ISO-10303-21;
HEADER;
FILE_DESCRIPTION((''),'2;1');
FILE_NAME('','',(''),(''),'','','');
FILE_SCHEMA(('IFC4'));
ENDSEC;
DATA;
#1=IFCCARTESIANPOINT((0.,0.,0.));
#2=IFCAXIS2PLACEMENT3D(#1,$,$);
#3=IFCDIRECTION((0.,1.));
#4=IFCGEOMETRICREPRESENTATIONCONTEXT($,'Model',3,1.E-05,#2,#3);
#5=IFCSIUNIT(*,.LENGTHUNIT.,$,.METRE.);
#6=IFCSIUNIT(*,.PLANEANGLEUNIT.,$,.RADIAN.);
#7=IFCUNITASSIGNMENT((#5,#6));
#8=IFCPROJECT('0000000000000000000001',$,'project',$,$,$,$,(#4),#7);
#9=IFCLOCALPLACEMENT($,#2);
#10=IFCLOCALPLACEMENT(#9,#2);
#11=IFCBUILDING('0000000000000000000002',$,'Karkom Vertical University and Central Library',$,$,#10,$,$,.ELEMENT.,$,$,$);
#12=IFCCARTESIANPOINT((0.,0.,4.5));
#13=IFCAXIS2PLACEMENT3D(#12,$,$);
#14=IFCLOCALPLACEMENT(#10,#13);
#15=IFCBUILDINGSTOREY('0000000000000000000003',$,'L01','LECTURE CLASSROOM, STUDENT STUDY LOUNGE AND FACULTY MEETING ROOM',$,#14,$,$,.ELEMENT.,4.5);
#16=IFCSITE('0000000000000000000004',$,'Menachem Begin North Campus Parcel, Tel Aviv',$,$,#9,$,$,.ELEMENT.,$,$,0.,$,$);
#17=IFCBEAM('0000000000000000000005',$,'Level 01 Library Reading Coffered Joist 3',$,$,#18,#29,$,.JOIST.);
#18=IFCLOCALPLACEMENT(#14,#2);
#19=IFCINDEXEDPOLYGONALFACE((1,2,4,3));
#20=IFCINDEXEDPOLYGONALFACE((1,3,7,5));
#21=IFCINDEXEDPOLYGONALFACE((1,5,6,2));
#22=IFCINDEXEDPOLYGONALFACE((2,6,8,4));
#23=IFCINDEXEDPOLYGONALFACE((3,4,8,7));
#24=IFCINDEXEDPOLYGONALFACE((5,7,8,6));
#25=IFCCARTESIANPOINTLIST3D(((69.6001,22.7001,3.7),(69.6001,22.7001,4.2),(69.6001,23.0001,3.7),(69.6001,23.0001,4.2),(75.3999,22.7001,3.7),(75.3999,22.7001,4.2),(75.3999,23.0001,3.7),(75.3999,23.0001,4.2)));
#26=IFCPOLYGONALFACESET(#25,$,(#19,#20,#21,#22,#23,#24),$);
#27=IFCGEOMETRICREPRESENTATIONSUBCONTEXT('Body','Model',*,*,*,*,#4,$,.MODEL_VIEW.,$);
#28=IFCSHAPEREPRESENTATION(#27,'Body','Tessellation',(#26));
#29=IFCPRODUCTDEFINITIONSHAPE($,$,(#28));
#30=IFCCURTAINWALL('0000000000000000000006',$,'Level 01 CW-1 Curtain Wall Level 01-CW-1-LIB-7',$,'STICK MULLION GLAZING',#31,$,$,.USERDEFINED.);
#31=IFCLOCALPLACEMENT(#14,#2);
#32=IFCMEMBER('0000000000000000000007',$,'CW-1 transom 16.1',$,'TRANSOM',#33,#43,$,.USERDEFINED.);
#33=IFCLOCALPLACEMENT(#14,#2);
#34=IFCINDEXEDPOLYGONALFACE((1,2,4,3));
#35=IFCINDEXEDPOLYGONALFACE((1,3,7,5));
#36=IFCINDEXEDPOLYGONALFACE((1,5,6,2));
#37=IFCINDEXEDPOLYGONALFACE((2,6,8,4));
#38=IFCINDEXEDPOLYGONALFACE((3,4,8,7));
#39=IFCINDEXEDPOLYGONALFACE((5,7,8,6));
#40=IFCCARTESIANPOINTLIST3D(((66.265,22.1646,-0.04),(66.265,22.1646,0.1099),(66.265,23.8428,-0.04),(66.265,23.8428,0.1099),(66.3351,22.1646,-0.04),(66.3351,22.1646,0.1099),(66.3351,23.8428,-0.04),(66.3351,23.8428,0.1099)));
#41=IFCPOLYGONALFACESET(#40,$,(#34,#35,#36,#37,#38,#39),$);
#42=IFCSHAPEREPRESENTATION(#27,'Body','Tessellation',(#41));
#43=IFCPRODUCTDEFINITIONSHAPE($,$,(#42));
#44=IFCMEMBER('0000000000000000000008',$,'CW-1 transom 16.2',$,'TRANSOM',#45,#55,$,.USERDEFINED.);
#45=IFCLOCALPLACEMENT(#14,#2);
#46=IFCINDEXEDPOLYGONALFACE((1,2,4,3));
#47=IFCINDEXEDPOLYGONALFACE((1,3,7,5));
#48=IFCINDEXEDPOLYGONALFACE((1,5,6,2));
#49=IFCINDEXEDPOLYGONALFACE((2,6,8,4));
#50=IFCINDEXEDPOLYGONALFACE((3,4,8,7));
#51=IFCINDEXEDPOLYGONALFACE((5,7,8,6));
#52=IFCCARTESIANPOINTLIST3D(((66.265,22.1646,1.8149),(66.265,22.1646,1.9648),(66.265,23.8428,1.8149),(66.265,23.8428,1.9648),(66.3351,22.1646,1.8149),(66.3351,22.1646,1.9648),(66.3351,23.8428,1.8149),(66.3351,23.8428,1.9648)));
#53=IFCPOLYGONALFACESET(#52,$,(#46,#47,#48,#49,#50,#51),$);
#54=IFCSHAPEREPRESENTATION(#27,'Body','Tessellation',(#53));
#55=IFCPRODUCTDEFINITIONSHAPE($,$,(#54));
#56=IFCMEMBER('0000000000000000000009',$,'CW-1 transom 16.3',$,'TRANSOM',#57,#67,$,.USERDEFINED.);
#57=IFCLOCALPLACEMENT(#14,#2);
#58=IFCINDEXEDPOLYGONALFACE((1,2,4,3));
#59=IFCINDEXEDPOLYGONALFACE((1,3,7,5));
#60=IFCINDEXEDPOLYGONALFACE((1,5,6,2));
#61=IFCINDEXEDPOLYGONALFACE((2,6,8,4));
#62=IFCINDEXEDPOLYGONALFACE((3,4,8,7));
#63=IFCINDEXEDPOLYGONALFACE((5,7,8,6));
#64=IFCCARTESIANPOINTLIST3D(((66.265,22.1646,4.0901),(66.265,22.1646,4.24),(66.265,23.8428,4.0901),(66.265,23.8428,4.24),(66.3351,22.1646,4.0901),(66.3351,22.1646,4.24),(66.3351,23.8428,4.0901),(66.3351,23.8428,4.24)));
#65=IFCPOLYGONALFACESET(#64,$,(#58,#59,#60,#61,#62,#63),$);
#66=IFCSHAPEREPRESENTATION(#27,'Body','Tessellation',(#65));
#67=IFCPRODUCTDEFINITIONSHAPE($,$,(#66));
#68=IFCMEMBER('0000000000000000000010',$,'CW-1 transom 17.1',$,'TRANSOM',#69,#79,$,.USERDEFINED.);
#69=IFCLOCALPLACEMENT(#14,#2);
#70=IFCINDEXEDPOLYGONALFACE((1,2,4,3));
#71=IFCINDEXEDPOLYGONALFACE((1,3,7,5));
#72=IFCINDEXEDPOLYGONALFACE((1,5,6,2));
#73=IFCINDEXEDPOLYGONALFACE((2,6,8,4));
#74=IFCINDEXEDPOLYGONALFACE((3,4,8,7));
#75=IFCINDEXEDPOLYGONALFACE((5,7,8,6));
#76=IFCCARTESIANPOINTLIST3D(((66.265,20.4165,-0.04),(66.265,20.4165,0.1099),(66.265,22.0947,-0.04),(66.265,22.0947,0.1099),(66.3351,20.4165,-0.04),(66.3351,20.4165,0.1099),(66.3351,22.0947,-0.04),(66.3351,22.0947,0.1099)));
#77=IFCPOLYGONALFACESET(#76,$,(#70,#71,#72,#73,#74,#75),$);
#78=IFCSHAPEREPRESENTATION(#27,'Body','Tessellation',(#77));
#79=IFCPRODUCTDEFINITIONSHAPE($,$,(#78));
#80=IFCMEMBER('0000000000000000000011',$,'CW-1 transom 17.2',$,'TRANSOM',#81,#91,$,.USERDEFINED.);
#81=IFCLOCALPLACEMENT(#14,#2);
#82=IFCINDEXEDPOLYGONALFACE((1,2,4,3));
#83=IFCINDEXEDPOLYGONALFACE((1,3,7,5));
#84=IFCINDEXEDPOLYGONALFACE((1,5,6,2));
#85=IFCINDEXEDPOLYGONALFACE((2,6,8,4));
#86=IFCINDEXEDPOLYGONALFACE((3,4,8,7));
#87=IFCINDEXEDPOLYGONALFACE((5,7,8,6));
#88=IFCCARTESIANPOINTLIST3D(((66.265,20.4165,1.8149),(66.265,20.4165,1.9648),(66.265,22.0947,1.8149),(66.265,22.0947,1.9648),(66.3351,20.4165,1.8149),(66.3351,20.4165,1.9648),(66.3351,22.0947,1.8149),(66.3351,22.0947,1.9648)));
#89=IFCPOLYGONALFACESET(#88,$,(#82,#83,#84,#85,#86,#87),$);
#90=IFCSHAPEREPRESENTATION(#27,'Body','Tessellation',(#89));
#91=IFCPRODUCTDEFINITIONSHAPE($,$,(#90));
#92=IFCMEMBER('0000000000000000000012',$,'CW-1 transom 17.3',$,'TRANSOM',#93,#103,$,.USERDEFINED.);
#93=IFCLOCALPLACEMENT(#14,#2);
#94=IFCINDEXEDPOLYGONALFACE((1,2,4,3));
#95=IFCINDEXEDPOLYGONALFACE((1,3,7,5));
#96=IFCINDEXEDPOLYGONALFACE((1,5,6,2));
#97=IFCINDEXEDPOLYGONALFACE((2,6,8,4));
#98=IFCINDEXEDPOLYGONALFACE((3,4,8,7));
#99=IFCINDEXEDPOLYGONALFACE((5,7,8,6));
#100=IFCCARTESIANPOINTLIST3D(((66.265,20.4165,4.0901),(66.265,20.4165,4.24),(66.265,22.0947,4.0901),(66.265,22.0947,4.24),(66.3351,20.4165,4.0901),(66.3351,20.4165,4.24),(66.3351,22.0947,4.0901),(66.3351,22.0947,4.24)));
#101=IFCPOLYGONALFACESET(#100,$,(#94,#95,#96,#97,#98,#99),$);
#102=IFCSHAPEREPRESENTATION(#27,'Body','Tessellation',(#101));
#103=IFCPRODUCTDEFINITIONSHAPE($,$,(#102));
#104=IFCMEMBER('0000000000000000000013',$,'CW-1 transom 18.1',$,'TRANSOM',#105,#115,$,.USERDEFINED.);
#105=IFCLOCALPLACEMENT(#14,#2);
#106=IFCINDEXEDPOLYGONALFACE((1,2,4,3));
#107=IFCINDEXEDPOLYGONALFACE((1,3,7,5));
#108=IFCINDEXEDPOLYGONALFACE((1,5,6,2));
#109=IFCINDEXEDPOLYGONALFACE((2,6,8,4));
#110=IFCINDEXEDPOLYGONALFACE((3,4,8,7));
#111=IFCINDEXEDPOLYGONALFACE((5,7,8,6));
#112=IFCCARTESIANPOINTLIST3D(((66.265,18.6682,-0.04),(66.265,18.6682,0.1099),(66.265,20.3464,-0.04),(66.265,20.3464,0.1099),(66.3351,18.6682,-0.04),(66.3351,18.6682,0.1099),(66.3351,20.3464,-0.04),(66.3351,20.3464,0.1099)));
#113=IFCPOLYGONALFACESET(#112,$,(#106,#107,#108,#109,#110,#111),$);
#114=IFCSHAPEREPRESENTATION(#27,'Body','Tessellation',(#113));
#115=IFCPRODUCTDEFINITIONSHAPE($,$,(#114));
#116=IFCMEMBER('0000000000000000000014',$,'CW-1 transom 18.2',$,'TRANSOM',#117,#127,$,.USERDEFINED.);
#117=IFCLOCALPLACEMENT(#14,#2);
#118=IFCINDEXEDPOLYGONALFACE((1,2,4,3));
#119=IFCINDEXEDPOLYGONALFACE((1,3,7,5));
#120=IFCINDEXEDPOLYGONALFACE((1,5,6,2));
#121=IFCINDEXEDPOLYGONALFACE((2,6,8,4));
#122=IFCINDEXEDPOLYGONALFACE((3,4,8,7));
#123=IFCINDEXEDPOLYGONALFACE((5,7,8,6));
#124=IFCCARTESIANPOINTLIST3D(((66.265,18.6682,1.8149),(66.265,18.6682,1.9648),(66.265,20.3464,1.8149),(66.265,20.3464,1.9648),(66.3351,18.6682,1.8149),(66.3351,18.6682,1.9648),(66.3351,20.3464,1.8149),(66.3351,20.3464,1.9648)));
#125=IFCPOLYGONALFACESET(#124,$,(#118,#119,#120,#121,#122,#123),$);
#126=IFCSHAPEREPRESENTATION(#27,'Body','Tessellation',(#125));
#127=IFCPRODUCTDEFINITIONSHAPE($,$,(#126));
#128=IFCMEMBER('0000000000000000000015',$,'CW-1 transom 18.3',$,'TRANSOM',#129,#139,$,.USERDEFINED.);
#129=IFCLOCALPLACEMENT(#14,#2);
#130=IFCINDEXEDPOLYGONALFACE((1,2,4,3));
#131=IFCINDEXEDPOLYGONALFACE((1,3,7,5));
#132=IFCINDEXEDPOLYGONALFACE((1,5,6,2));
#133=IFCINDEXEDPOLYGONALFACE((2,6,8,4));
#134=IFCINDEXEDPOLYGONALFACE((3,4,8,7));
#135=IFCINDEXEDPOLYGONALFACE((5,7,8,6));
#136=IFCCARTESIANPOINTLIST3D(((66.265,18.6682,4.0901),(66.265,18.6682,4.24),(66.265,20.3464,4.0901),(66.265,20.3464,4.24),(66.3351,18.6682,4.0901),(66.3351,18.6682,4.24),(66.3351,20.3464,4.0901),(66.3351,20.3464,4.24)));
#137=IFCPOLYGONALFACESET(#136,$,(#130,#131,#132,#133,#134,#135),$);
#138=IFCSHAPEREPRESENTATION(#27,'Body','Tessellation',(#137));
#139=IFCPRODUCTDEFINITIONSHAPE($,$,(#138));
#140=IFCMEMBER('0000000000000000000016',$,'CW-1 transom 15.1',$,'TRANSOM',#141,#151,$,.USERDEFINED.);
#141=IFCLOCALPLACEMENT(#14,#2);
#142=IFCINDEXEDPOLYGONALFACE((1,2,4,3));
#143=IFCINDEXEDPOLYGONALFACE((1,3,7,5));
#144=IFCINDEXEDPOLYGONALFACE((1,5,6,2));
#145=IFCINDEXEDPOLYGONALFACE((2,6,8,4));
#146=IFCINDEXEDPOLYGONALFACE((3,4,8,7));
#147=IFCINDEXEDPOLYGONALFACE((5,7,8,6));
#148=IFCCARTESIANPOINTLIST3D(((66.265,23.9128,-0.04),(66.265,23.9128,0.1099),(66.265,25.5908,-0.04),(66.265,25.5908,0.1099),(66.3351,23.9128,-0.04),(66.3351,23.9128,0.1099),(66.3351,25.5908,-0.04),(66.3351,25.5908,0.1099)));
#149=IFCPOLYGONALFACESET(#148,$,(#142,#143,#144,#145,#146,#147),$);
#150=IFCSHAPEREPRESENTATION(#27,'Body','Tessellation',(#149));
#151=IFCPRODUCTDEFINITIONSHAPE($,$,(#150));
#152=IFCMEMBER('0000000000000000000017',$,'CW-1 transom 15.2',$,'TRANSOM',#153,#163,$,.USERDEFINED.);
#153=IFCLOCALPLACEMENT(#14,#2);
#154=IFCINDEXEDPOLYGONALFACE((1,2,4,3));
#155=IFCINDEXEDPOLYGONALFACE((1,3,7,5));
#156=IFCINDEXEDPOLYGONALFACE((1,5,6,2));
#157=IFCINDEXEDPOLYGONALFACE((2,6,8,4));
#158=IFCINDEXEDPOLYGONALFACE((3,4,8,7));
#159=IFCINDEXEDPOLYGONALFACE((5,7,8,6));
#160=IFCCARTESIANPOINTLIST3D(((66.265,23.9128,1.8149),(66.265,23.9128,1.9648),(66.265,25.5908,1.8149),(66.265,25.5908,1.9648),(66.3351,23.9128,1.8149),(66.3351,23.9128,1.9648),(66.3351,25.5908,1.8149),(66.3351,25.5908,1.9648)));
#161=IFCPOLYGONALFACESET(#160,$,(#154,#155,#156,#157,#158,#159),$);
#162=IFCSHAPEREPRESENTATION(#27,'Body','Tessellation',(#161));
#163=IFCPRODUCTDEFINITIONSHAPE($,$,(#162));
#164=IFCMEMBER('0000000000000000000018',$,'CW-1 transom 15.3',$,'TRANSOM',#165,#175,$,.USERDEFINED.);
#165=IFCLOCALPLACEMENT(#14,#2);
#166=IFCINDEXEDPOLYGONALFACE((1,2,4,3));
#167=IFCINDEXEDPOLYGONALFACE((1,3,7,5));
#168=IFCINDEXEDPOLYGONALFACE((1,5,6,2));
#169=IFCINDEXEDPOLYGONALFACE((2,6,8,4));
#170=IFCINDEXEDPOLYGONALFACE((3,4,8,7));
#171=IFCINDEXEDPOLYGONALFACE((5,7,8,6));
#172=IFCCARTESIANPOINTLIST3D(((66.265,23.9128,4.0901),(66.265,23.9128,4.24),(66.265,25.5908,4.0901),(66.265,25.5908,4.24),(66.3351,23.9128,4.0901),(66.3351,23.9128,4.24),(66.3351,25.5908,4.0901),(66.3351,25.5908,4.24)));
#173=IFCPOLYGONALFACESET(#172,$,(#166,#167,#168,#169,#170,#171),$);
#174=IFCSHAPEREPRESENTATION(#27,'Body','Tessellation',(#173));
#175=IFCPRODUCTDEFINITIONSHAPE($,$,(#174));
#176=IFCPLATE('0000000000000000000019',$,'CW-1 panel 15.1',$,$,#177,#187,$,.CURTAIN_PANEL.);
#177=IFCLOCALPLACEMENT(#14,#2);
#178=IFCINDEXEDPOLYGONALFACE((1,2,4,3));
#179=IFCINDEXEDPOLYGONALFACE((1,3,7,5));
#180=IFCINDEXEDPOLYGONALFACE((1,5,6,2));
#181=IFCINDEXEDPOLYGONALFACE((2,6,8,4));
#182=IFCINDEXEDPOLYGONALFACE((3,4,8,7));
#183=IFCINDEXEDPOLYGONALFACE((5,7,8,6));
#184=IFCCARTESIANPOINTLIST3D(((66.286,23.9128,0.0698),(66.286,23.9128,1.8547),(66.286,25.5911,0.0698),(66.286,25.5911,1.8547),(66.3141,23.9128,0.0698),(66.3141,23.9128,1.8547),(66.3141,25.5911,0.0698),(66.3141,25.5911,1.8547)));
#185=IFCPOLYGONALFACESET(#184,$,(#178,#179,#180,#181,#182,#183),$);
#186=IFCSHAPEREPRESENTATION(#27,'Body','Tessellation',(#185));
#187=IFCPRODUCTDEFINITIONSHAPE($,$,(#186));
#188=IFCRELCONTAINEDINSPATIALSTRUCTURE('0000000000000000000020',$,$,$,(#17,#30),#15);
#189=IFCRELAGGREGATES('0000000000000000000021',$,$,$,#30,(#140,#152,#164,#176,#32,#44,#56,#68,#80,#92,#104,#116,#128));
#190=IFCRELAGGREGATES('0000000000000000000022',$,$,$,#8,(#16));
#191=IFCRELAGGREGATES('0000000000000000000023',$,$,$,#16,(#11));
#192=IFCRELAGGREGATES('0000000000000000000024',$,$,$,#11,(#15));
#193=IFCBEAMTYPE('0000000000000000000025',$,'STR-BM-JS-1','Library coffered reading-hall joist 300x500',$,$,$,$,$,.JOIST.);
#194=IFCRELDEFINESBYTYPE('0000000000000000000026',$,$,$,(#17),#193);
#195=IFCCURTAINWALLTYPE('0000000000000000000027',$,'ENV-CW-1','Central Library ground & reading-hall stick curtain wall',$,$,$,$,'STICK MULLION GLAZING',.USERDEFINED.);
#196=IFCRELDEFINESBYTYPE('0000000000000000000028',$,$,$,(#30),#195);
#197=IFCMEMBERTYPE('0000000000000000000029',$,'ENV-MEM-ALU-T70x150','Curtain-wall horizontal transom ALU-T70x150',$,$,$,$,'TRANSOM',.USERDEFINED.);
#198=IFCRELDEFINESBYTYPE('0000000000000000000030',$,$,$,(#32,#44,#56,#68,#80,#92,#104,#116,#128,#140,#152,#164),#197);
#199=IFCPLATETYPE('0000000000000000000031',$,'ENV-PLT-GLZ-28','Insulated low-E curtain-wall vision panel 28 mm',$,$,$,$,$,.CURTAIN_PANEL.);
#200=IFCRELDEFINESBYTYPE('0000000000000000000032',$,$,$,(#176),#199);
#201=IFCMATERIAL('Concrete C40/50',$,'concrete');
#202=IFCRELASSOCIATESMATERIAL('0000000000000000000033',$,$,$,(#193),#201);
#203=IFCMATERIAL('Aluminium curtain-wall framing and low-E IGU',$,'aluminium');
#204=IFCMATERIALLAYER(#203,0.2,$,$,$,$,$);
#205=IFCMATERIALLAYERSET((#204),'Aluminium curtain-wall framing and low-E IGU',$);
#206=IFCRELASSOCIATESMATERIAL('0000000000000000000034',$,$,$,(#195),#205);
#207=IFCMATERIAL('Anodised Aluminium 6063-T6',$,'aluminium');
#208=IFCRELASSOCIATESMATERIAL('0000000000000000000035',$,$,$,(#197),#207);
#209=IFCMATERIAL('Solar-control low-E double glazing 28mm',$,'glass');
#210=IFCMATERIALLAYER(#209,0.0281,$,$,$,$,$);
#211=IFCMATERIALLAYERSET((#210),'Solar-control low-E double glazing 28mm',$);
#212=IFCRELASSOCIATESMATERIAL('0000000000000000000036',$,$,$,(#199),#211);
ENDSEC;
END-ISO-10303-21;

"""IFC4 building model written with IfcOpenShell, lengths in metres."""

from ifc_helpers import new_model, si_unit, direction, frame, origin, origin_with_axes, origin_2d, place, context, subcontext, project, spatial, rectangle, extrude, source, transform, mapped, material, layer, layer_set, material_profile, profile_set, type_object, element, aggregate, save


model = new_model("IFC4")

# Units and contexts
model_context = context("Model", 3, precision=1e-05, world=origin(), true_north=direction((0.0, 1.0)))
body_context = subcontext(model_context, "Body", "Model", "MODEL_VIEW")
ifc_project = project(units=[si_unit("LENGTHUNIT", "METRE"), si_unit("PLANEANGLEUNIT", "RADIAN")], contexts=[model_context])

# Site, building, storey
site_placement = place(None, origin())
site = spatial("IfcSite", under=ifc_project, at=site_placement, Name="Menachem Begin North Campus Parcel, Tel Aviv", CompositionType="ELEMENT", RefElevation=0.0)
building_placement = place(site_placement, origin())
building = spatial("IfcBuilding", under=site, at=building_placement, Name="Karkom Vertical University and Central Library", CompositionType="ELEMENT")
storey_placement = place(building_placement, frame((0.0, 0.0, 4.5)))
storey = spatial("IfcBuildingStorey", under=building, at=storey_placement, Name="L01", Description="LECTURE CLASSROOM, STUDENT STUDY LOUNGE AND FACULTY MEETING ROOM", CompositionType="ELEMENT", Elevation=4.5)

# Beam
ifc_material_1 = material(Name="Concrete C40/50", Category="concrete")
ifc_material_profile_1 = material_profile(ifc_material_1, rectangle(XDim=0.3, YDim=0.5, at=origin_2d()), Name="RCJ-300x500")
ifc_profile_set_1 = profile_set([ifc_material_profile_1], Name="Concrete C40/50")
beam_type = type_object("IfcBeamType", Name="STR-BM-JS-1", Description="Library coffered reading-hall joist 300x500", PredefinedType="JOIST", material=ifc_profile_set_1)
shared_shape_1 = source(origin_with_axes(), body_context, "Body", "SweptSolid", [
    extrude(rectangle(XDim=0.3, YDim=0.5, at=origin_2d()), origin(), (0.0, 0.0, 1.0), 5.7998),
])
beam_placement = place(storey_placement, frame((69.6001, 22.8501, 3.95), z_axis=(1.0, 0.0, 0.0), x_axis=(0.0, 1.0, 0.0)))
element("IfcBeam", 1, at=beam_placement, inside=storey, type_object=beam_type, Name="Level 01 Library Reading Coffered Joist 3", PredefinedType="JOIST", context=body_context, shape_type="MappedRepresentation", body=[
    mapped(shared_shape_1, transform((0.0, 0.0, 0.0), scale=1.0)),
])

# Curtain wall, members, plate
ifc_material_2 = material(Name="Aluminium curtain-wall framing and low-E IGU", Category="aluminium")
ifc_layer_1 = layer(ifc_material_2, 0.2)
ifc_layer_set_1 = layer_set([ifc_layer_1], Name="Aluminium curtain-wall framing and low-E IGU")
curtain_wall_type = type_object("IfcCurtainWallType", Name="ENV-CW-1", Description="Central Library ground & reading-hall stick curtain wall", ElementType="STICK MULLION GLAZING", PredefinedType="USERDEFINED", material=ifc_layer_set_1)
curtain_wall_placement = place(storey_placement, origin())
curtain_wall = element("IfcCurtainWall", 2, at=curtain_wall_placement, inside=storey, type_object=curtain_wall_type, Name="Level 01 CW-1 Curtain Wall Level 01-CW-1-LIB-7", ObjectType="STICK MULLION GLAZING", PredefinedType="USERDEFINED")
ifc_material_3 = material(Name="Anodised Aluminium 6063-T6", Category="aluminium")
ifc_material_profile_2 = material_profile(ifc_material_3, rectangle(XDim=0.0701, YDim=0.1499, at=origin_2d()), Name="ALU-T70x150")
ifc_profile_set_2 = profile_set([ifc_material_profile_2], Name="Anodised Aluminium 6063-T6")
member_type = type_object("IfcMemberType", Name="ENV-MEM-ALU-T70x150", Description="Curtain-wall horizontal transom ALU-T70x150", ElementType="TRANSOM", PredefinedType="USERDEFINED", material=ifc_profile_set_2)
shared_shape_2 = source(origin_with_axes(), body_context, "Body", "SweptSolid", [
    extrude(rectangle(XDim=0.0701, YDim=0.1499, at=origin_2d()), origin(), (0.0, 0.0, 1.0), 1.6782),
])
member_1_placement = place(storey_placement, frame((66.3, 23.8428, 0.0349), z_axis=(0.0, -1.0, 0.0), x_axis=(1.0, 0.0, 0.0)))
member_1 = element("IfcMember", 3, at=member_1_placement, type_object=member_type, Name="CW-1 transom 16.1", ObjectType="TRANSOM", PredefinedType="USERDEFINED", context=body_context, shape_type="MappedRepresentation", body=[
    mapped(shared_shape_2, transform((0.0, 0.0, 0.0), scale=1.0)),
])
member_2_placement = place(storey_placement, frame((66.3, 23.8428, 1.8899), z_axis=(0.0, -1.0, 0.0), x_axis=(1.0, 0.0, 0.0)))
member_2 = element("IfcMember", 4, at=member_2_placement, type_object=member_type, Name="CW-1 transom 16.2", ObjectType="TRANSOM", PredefinedType="USERDEFINED", context=body_context, shape_type="MappedRepresentation", body=[
    mapped(shared_shape_2, transform((0.0, 0.0, 0.0), scale=1.0)),
])
member_3_placement = place(storey_placement, frame((66.3, 23.8428, 4.165), z_axis=(0.0, -1.0, 0.0), x_axis=(1.0, 0.0, 0.0)))
member_3 = element("IfcMember", 5, at=member_3_placement, type_object=member_type, Name="CW-1 transom 16.3", ObjectType="TRANSOM", PredefinedType="USERDEFINED", context=body_context, shape_type="MappedRepresentation", body=[
    mapped(shared_shape_2, transform((0.0, 0.0, 0.0), scale=1.0)),
])
member_4_placement = place(storey_placement, frame((66.3, 22.0947, 0.0349), z_axis=(0.0, -1.0, 0.0), x_axis=(1.0, 0.0, 0.0)))
member_4 = element("IfcMember", 6, at=member_4_placement, type_object=member_type, Name="CW-1 transom 17.1", ObjectType="TRANSOM", PredefinedType="USERDEFINED", context=body_context, shape_type="MappedRepresentation", body=[
    mapped(shared_shape_2, transform((0.0, 0.0, 0.0), scale=1.0)),
])
member_5_placement = place(storey_placement, frame((66.3, 22.0947, 1.8899), z_axis=(0.0, -1.0, 0.0), x_axis=(1.0, 0.0, 0.0)))
member_5 = element("IfcMember", 7, at=member_5_placement, type_object=member_type, Name="CW-1 transom 17.2", ObjectType="TRANSOM", PredefinedType="USERDEFINED", context=body_context, shape_type="MappedRepresentation", body=[
    mapped(shared_shape_2, transform((0.0, 0.0, 0.0), scale=1.0)),
])
member_6_placement = place(storey_placement, frame((66.3, 22.0947, 4.165), z_axis=(0.0, -1.0, 0.0), x_axis=(1.0, 0.0, 0.0)))
member_6 = element("IfcMember", 8, at=member_6_placement, type_object=member_type, Name="CW-1 transom 17.3", ObjectType="TRANSOM", PredefinedType="USERDEFINED", context=body_context, shape_type="MappedRepresentation", body=[
    mapped(shared_shape_2, transform((0.0, 0.0, 0.0), scale=1.0)),
])
member_7_placement = place(storey_placement, frame((66.3, 20.3464, 0.0349), z_axis=(0.0, -1.0, 0.0), x_axis=(1.0, 0.0, 0.0)))
member_7 = element("IfcMember", 9, at=member_7_placement, type_object=member_type, Name="CW-1 transom 18.1", ObjectType="TRANSOM", PredefinedType="USERDEFINED", context=body_context, shape_type="MappedRepresentation", body=[
    mapped(shared_shape_2, transform((0.0, 0.0, 0.0), scale=1.0)),
])
member_8_placement = place(storey_placement, frame((66.3, 20.3464, 1.8899), z_axis=(0.0, -1.0, 0.0), x_axis=(1.0, 0.0, 0.0)))
member_8 = element("IfcMember", 10, at=member_8_placement, type_object=member_type, Name="CW-1 transom 18.2", ObjectType="TRANSOM", PredefinedType="USERDEFINED", context=body_context, shape_type="MappedRepresentation", body=[
    mapped(shared_shape_2, transform((0.0, 0.0, 0.0), scale=1.0)),
])
member_9_placement = place(storey_placement, frame((66.3, 20.3464, 4.165), z_axis=(0.0, -1.0, 0.0), x_axis=(1.0, 0.0, 0.0)))
member_9 = element("IfcMember", 11, at=member_9_placement, type_object=member_type, Name="CW-1 transom 18.3", ObjectType="TRANSOM", PredefinedType="USERDEFINED", context=body_context, shape_type="MappedRepresentation", body=[
    mapped(shared_shape_2, transform((0.0, 0.0, 0.0), scale=1.0)),
])
shared_shape_3 = source(origin_with_axes(), body_context, "Body", "SweptSolid", [
    extrude(rectangle(XDim=0.0701, YDim=0.1499, at=origin_2d()), origin(), (0.0, 0.0, 1.0), 1.678),
])
member_10_placement = place(storey_placement, frame((66.3, 25.5908, 0.0349), z_axis=(0.0, -1.0, 0.0), x_axis=(1.0, 0.0, 0.0)))
member_10 = element("IfcMember", 12, at=member_10_placement, type_object=member_type, Name="CW-1 transom 15.1", ObjectType="TRANSOM", PredefinedType="USERDEFINED", context=body_context, shape_type="MappedRepresentation", body=[
    mapped(shared_shape_3, transform((0.0, 0.0, 0.0), scale=1.0)),
])
member_11_placement = place(storey_placement, frame((66.3, 25.5908, 1.8899), z_axis=(0.0, -1.0, 0.0), x_axis=(1.0, 0.0, 0.0)))
member_11 = element("IfcMember", 13, at=member_11_placement, type_object=member_type, Name="CW-1 transom 15.2", ObjectType="TRANSOM", PredefinedType="USERDEFINED", context=body_context, shape_type="MappedRepresentation", body=[
    mapped(shared_shape_3, transform((0.0, 0.0, 0.0), scale=1.0)),
])
member_12_placement = place(storey_placement, frame((66.3, 25.5908, 4.165), z_axis=(0.0, -1.0, 0.0), x_axis=(1.0, 0.0, 0.0)))
member_12 = element("IfcMember", 14, at=member_12_placement, type_object=member_type, Name="CW-1 transom 15.3", ObjectType="TRANSOM", PredefinedType="USERDEFINED", context=body_context, shape_type="MappedRepresentation", body=[
    mapped(shared_shape_3, transform((0.0, 0.0, 0.0), scale=1.0)),
])
ifc_material_4 = material(Name="Solar-control low-E double glazing 28mm", Category="glass")
ifc_layer_2 = layer(ifc_material_4, 0.0281)
ifc_layer_set_2 = layer_set([ifc_layer_2], Name="Solar-control low-E double glazing 28mm")
plate_type = type_object("IfcPlateType", Name="ENV-PLT-GLZ-28", Description="Insulated low-E curtain-wall vision panel 28 mm", PredefinedType="CURTAIN_PANEL", material=ifc_layer_set_2)
shared_shape_4 = source(origin_with_axes(), body_context, "Body", "SweptSolid", [
    extrude(rectangle(XDim=1.6782, YDim=0.0281, at=origin_2d()), origin(), (0.0, 0.0, 1.0), 1.7849),
])
plate_1_placement = place(storey_placement, frame((66.3, 24.752, 0.0698), z_axis=(0.0, 0.0, 1.0), x_axis=(0.0, -1.0, 0.0)))
plate_1 = element("IfcPlate", 15, at=plate_1_placement, type_object=plate_type, Name="CW-1 panel 15.1", PredefinedType="CURTAIN_PANEL", context=body_context, shape_type="MappedRepresentation", body=[
    mapped(shared_shape_4, transform((0.0, 0.0, 0.0), scale=1.0)),
])
aggregate(curtain_wall, [member_10, member_11, member_12, plate_1, member_1, member_2, member_3, member_4, member_5, member_6, member_7, member_8, member_9])

save(model, "model.ifc")
